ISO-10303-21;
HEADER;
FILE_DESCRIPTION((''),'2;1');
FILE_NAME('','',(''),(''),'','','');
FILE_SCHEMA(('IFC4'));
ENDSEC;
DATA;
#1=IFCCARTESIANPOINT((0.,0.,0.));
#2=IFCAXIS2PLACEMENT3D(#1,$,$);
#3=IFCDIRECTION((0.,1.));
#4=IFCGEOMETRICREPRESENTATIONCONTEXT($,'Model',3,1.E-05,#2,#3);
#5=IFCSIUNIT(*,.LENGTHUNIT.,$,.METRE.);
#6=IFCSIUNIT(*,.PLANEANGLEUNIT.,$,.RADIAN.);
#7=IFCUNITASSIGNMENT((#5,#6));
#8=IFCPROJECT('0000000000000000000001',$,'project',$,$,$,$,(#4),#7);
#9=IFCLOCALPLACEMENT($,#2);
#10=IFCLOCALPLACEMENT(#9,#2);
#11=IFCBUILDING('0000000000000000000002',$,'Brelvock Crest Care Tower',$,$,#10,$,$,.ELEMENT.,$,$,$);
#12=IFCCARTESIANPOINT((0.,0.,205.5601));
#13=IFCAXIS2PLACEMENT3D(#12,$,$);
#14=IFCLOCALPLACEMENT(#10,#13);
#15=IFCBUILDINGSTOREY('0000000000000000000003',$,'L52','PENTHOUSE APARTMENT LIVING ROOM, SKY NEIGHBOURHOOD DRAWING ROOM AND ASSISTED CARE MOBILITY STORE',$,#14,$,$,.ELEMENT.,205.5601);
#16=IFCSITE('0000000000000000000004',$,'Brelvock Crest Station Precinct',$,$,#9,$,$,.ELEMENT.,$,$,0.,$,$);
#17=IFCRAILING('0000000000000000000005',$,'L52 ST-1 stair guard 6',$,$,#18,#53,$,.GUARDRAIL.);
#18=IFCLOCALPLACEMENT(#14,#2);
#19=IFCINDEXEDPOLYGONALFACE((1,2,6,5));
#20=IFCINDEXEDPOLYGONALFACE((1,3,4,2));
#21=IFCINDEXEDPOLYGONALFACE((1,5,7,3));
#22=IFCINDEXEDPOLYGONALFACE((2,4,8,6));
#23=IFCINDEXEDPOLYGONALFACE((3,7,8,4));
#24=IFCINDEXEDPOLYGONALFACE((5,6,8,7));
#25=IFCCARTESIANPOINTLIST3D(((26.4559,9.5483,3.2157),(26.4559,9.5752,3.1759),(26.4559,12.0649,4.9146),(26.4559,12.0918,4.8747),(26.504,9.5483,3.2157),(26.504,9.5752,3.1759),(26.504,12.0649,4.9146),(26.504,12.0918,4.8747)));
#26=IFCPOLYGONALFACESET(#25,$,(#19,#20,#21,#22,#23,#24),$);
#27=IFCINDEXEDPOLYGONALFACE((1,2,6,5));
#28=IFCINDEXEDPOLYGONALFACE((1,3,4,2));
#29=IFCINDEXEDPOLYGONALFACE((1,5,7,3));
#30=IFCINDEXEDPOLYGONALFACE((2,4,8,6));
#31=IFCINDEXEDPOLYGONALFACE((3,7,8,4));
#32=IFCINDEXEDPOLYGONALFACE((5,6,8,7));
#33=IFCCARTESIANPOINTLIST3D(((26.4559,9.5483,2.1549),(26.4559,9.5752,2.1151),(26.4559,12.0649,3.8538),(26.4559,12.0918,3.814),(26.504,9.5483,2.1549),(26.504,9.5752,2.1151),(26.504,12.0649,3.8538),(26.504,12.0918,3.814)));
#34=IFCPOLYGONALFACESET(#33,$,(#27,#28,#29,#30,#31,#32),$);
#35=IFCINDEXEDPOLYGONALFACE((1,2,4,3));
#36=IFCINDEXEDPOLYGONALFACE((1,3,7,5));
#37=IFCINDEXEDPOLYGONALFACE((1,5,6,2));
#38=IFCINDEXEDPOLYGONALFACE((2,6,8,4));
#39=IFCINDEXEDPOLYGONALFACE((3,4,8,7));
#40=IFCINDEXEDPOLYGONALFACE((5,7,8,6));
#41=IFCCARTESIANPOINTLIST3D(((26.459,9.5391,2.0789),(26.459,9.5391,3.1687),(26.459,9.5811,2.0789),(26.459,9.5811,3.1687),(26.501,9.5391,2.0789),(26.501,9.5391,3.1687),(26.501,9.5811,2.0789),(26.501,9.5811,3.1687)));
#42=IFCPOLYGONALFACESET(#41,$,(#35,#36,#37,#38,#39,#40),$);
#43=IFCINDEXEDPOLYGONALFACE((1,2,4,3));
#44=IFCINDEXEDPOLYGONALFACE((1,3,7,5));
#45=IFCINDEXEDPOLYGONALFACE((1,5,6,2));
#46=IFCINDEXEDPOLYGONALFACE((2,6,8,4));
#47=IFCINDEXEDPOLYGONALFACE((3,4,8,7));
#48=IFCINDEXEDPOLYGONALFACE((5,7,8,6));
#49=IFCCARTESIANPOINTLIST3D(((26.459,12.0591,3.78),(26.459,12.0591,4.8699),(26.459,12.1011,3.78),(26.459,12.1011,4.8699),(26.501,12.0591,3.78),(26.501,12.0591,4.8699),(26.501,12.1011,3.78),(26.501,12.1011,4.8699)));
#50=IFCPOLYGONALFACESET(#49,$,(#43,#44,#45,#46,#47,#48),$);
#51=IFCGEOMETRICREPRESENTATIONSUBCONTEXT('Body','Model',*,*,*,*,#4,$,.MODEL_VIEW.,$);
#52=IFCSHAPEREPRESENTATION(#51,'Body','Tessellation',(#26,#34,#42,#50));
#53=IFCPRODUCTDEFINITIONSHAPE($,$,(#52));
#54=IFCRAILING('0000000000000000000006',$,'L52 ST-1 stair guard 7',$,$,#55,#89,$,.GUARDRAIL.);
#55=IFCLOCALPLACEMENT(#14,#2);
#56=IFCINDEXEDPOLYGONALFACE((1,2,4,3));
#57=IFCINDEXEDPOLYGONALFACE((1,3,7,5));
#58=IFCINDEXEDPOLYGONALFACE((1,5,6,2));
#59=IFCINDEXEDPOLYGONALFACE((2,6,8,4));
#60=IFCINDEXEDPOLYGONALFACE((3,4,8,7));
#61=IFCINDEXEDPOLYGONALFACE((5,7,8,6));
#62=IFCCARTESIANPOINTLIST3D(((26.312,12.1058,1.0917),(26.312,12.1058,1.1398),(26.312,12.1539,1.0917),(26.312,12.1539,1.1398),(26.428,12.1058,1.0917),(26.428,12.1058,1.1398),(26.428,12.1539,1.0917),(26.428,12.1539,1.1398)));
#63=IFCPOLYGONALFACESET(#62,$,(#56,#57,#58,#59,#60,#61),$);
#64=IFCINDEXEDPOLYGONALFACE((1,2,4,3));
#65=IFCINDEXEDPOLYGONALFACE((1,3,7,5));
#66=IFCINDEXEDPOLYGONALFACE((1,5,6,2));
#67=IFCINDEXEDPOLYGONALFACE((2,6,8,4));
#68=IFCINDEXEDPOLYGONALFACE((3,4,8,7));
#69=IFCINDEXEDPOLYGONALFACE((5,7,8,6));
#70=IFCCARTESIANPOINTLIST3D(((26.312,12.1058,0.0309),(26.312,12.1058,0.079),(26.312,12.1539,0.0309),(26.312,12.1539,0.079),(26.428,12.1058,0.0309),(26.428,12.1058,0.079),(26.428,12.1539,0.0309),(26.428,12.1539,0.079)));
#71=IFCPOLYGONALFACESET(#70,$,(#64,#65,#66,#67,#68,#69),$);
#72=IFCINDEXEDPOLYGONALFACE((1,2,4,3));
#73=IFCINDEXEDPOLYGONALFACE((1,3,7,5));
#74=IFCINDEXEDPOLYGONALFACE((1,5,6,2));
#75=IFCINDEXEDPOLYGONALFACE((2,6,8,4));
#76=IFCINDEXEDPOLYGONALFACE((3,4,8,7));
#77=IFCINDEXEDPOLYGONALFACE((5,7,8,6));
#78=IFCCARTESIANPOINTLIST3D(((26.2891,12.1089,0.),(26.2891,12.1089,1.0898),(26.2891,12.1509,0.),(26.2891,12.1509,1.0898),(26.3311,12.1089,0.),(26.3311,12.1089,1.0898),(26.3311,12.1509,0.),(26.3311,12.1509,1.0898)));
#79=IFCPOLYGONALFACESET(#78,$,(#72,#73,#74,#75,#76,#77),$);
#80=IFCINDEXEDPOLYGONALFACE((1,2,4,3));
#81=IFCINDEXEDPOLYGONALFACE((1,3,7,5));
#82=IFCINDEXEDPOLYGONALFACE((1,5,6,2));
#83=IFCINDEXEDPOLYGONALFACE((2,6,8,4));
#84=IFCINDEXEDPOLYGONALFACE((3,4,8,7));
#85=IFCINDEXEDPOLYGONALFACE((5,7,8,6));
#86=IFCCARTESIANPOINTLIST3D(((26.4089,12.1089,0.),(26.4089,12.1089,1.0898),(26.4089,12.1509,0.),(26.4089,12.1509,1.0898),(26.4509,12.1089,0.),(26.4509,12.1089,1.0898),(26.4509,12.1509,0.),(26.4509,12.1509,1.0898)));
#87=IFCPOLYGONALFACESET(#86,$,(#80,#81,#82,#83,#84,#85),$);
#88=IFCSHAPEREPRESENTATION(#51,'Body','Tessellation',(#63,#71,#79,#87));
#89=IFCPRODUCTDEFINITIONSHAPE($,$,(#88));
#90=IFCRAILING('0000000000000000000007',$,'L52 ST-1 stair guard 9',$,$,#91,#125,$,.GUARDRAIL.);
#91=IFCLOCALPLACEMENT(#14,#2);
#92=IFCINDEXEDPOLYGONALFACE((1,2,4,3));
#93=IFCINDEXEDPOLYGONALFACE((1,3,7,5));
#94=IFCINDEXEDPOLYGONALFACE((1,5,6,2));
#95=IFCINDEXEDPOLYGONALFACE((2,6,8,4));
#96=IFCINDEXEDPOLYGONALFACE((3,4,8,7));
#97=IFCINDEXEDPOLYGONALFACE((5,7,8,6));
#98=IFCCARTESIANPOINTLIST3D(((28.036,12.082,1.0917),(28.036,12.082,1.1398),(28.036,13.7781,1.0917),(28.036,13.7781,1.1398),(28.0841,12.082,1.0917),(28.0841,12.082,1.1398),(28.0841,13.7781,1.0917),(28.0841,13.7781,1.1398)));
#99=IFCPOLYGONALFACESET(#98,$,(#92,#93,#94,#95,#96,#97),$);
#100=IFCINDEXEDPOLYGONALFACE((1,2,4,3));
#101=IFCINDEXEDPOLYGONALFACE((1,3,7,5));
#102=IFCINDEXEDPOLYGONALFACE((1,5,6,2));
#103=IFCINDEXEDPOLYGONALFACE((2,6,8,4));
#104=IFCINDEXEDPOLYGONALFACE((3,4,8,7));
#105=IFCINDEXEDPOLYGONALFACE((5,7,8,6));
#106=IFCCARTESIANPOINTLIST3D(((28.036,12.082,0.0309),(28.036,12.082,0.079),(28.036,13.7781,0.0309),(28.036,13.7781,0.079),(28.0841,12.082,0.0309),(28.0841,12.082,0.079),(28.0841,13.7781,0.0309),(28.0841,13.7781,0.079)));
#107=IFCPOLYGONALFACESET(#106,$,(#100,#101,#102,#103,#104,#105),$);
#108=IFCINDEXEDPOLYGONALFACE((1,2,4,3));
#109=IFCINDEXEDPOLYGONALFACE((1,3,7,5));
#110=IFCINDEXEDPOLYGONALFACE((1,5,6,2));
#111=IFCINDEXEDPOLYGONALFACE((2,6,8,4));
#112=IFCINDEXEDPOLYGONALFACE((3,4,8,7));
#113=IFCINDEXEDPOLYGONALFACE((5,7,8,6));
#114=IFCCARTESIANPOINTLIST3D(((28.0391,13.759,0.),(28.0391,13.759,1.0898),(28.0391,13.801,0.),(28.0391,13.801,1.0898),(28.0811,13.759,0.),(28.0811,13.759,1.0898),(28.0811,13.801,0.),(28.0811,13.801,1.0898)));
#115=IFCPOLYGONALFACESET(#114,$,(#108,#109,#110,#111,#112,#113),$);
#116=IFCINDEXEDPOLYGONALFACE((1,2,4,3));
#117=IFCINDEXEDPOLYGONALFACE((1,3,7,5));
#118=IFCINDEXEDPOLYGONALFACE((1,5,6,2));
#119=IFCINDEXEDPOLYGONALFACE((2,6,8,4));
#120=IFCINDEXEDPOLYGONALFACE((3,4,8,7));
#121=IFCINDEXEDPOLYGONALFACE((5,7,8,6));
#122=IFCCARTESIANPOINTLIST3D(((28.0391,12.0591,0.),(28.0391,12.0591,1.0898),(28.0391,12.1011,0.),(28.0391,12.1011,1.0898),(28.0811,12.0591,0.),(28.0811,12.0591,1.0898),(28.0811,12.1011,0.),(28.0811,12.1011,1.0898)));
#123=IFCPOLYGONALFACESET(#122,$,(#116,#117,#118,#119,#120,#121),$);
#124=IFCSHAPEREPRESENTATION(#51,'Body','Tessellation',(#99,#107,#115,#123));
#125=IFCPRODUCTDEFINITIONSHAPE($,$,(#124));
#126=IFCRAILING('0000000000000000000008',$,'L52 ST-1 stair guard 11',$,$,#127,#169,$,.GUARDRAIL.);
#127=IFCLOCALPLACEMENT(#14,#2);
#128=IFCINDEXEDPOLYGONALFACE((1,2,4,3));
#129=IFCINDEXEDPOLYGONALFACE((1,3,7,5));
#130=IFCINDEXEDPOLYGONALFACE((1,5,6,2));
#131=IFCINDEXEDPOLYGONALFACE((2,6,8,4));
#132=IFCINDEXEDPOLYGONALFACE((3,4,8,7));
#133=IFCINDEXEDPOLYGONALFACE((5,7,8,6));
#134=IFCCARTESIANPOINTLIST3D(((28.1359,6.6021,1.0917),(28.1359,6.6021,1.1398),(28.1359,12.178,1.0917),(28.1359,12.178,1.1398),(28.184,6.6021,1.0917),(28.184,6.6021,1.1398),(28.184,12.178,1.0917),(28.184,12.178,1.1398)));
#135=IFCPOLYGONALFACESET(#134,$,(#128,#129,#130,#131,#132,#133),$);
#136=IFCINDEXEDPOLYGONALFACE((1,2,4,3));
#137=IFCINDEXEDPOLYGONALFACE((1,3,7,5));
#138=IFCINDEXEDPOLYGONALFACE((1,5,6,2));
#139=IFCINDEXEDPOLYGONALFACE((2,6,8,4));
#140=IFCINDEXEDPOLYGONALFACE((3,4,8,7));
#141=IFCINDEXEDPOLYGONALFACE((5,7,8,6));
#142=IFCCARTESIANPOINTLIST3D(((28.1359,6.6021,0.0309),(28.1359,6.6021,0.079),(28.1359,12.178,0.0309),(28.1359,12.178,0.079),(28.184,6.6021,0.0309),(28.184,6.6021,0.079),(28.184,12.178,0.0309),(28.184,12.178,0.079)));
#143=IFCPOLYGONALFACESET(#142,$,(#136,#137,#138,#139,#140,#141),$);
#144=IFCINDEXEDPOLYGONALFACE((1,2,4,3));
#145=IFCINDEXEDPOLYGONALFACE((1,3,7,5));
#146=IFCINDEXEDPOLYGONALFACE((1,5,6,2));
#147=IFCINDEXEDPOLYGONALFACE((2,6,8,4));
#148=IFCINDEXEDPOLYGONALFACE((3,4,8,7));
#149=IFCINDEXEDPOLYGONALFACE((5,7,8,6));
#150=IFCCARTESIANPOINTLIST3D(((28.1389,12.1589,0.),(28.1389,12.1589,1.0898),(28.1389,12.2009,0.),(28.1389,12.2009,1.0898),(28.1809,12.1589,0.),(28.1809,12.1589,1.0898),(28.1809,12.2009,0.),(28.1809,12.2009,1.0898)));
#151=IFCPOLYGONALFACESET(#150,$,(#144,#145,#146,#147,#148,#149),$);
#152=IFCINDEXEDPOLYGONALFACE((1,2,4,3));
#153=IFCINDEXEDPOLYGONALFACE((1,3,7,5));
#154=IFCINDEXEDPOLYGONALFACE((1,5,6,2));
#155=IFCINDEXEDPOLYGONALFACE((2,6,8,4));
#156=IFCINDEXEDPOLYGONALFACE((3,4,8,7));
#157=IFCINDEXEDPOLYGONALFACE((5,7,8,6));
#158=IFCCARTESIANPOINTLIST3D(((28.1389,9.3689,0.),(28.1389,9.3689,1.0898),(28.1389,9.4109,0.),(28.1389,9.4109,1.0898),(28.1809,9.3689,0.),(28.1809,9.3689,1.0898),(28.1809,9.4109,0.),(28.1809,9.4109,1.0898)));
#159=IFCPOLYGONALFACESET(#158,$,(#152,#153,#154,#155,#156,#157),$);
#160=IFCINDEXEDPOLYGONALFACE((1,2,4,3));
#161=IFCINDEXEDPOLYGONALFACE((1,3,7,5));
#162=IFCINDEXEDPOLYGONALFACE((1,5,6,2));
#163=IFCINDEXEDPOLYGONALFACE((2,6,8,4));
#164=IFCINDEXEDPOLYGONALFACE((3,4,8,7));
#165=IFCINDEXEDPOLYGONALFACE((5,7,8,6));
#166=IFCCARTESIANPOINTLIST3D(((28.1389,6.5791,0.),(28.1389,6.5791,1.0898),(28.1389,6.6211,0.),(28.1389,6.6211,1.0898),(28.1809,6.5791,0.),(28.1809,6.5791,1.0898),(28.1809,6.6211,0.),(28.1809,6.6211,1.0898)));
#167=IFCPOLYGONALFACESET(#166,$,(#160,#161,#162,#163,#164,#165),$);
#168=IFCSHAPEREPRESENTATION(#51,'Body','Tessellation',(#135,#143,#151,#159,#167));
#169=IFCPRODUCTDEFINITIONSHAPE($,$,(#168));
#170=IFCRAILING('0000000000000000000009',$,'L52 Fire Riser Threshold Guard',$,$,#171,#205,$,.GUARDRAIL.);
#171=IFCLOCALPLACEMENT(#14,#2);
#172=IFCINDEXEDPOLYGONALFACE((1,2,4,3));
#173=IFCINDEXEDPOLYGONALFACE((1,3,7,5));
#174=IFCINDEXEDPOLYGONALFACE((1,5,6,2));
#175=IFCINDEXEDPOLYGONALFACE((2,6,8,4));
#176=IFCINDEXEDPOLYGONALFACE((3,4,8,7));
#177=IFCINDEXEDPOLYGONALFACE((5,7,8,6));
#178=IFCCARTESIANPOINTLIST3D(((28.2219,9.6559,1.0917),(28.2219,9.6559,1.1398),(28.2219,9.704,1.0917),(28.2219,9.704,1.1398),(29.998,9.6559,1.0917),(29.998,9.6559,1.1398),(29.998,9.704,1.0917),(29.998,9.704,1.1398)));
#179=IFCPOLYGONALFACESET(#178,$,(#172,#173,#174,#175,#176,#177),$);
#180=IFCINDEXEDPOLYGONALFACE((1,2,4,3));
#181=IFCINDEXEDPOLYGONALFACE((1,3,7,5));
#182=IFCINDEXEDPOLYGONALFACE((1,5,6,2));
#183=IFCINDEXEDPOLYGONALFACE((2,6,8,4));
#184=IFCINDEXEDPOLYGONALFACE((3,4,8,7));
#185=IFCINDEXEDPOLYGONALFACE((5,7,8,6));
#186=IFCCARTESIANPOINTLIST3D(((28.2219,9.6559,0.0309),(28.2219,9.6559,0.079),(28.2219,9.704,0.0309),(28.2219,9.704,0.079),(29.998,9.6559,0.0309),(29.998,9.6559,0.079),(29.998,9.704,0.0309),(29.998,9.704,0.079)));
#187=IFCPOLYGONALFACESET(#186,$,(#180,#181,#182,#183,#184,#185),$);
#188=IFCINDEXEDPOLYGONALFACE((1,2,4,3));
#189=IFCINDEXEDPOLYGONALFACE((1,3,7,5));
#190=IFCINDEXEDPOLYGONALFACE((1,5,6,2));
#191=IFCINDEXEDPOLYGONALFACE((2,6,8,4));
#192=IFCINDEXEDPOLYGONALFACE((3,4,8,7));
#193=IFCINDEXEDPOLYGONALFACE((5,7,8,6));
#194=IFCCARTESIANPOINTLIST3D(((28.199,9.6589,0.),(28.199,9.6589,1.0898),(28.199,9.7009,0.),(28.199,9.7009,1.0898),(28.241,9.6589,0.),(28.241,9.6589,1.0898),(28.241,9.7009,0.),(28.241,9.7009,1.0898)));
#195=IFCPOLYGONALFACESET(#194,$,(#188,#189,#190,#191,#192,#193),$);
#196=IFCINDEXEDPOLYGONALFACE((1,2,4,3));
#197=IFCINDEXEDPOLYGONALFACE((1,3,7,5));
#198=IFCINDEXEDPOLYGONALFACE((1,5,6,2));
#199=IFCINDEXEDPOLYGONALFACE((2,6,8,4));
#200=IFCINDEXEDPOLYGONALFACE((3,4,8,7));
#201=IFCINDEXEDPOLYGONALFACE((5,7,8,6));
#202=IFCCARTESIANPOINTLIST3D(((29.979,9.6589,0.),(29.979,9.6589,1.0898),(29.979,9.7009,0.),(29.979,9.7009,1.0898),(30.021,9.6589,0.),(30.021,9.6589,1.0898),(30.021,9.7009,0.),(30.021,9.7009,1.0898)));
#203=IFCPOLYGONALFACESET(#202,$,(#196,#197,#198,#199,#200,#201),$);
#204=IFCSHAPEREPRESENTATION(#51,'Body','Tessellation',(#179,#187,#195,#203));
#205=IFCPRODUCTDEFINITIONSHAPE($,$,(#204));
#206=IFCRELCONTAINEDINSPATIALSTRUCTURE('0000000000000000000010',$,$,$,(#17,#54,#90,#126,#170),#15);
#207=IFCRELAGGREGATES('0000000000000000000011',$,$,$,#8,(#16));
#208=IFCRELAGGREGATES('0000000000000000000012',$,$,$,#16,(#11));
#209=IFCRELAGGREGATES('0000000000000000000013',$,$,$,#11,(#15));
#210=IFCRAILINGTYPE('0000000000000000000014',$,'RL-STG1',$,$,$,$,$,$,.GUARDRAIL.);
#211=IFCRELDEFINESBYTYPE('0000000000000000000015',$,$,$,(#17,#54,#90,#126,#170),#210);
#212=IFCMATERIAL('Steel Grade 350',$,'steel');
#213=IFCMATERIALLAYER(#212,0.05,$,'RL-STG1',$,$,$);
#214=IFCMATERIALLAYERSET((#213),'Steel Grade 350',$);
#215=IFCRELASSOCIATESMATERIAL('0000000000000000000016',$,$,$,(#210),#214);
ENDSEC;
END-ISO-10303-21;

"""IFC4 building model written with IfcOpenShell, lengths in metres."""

from ifc_helpers import new_model, si_unit, direction, frame, origin, origin_2d, place, context, subcontext, project, spatial, rectangle, extrude, material, layer, layer_set, type_object, element, save


model = new_model("IFC4")

# Units and contexts
model_context = context("Model", 3, precision=1e-05, world=origin(), true_north=direction((0.0, 1.0)))
body_context = subcontext(model_context, "Body", "Model", "MODEL_VIEW")
ifc_project = project(units=[si_unit("LENGTHUNIT", "METRE"), si_unit("PLANEANGLEUNIT", "RADIAN")], contexts=[model_context])

# Site, building, storey
site_placement = place(None, origin())
site = spatial("IfcSite", under=ifc_project, at=site_placement, Name="Brelvock Crest Station Precinct", CompositionType="ELEMENT", RefElevation=0.0)
building_placement = place(site_placement, origin())
building = spatial("IfcBuilding", under=site, at=building_placement, Name="Brelvock Crest Care Tower", CompositionType="ELEMENT")
storey_placement = place(building_placement, frame((0.0, 0.0, 205.5601)))
storey = spatial("IfcBuildingStorey", under=building, at=storey_placement, Name="L52", Description="PENTHOUSE APARTMENT LIVING ROOM, SKY NEIGHBOURHOOD DRAWING ROOM AND ASSISTED CARE MOBILITY STORE", CompositionType="ELEMENT", Elevation=205.5601)

# Shared definitions
ifc_material_1 = material(Name="Steel Grade 350", Category="steel")

# Railings
ifc_layer_1 = layer(ifc_material_1, 0.05, Name="RL-STG1")
ifc_layer_set_1 = layer_set([ifc_layer_1], Name="Steel Grade 350")
railing_type_1 = type_object("IfcRailingType", Name="RL-STG1", PredefinedType="GUARDRAIL", material=ifc_layer_set_1)
railing_1_placement = place(storey_placement, frame((26.48, 9.5601, 2.0789)))
element("IfcRailing", 1, at=railing_1_placement, inside=storey, type_object=railing_type_1, Name="L52 ST-1 stair guard 6", PredefinedType="GUARDRAIL", context=body_context, shape_type="SweptSolid", body=[
    extrude(rectangle(XDim=0.0481, YDim=0.0481, at=origin_2d()), frame((0.0, 0.0017, 1.1169), z_axis=(0.0, 0.828824, 0.559509), x_axis=(-1.0, 0.0, 0.0)), (0.0, 0.0, 1.0), 3.0364),
    extrude(rectangle(XDim=0.0481, YDim=0.0481, at=origin_2d()), frame((0.0, 0.0017, 0.0562), z_axis=(0.0, 0.828824, 0.559509), x_axis=(-1.0, 0.0, 0.0)), (0.0, 0.0, 1.0), 3.0364),
    extrude(rectangle(XDim=0.042, YDim=0.042, at=origin_2d()), origin(), (0.0, 0.0, 1.0), 1.0898),
    extrude(rectangle(XDim=0.042, YDim=0.042, at=origin_2d()), frame((0.0, 2.52, 1.7012)), (0.0, 0.0, 1.0), 1.0898),
])
railing_2_placement = place(storey_placement, frame((26.3101, 12.1299, 0.0)))
element("IfcRailing", 2, at=railing_2_placement, inside=storey, type_object=railing_type_1, Name="L52 ST-1 stair guard 7", PredefinedType="GUARDRAIL", context=body_context, shape_type="SweptSolid", body=[
    extrude(rectangle(XDim=0.0481, YDim=0.0481, at=origin_2d()), frame((0.002, 0.0, 1.1157), z_axis=(1.0, 0.0, 0.0), x_axis=(0.0, 1.0, 0.0)), (0.0, 0.0, 1.0), 0.116),
    extrude(rectangle(XDim=0.0481, YDim=0.0481, at=origin_2d()), frame((0.002, 0.0, 0.0549), z_axis=(1.0, 0.0, 0.0), x_axis=(0.0, 1.0, 0.0)), (0.0, 0.0, 1.0), 0.116),
    extrude(rectangle(XDim=0.042, YDim=0.042, at=origin_2d()), origin(), (0.0, 0.0, 1.0), 1.0898),
    extrude(rectangle(XDim=0.042, YDim=0.042, at=origin_2d()), frame((0.1199, 0.0, 0.0)), (0.0, 0.0, 1.0), 1.0898),
])
railing_3_placement = place(storey_placement, frame((28.0601, 13.78, 0.0)))
element("IfcRailing", 3, at=railing_3_placement, inside=storey, type_object=railing_type_1, Name="L52 ST-1 stair guard 9", PredefinedType="GUARDRAIL", context=body_context, shape_type="SweptSolid", body=[
    extrude(rectangle(XDim=0.0481, YDim=0.0481, at=origin_2d()), frame((0.0, -0.002, 1.1157), z_axis=(0.0, -1.0, 0.0), x_axis=(1.0, 0.0, 0.0)), (0.0, 0.0, 1.0), 1.696),
    extrude(rectangle(XDim=0.0481, YDim=0.0481, at=origin_2d()), frame((0.0, -0.002, 0.0549), z_axis=(0.0, -1.0, 0.0), x_axis=(1.0, 0.0, 0.0)), (0.0, 0.0, 1.0), 1.696),
    extrude(rectangle(XDim=0.042, YDim=0.042, at=origin_2d()), origin(), (0.0, 0.0, 1.0), 1.0898),
    extrude(rectangle(XDim=0.042, YDim=0.042, at=origin_2d()), frame((0.0, -1.7, 0.0)), (0.0, 0.0, 1.0), 1.0898),
])
railing_4_placement = place(storey_placement, frame((28.1599, 12.1799, 0.0)))
element("IfcRailing", 4, at=railing_4_placement, inside=storey, type_object=railing_type_1, Name="L52 ST-1 stair guard 11", PredefinedType="GUARDRAIL", context=body_context, shape_type="SweptSolid", body=[
    extrude(rectangle(XDim=0.0481, YDim=0.0481, at=origin_2d()), frame((0.0, -0.002, 1.1157), z_axis=(0.0, -1.0, 0.0), x_axis=(1.0, 0.0, 0.0)), (0.0, 0.0, 1.0), 5.5759),
    extrude(rectangle(XDim=0.0481, YDim=0.0481, at=origin_2d()), frame((0.0, -0.002, 0.0549), z_axis=(0.0, -1.0, 0.0), x_axis=(1.0, 0.0, 0.0)), (0.0, 0.0, 1.0), 5.5759),
    extrude(rectangle(XDim=0.042, YDim=0.042, at=origin_2d()), origin(), (0.0, 0.0, 1.0), 1.0898),
    extrude(rectangle(XDim=0.042, YDim=0.042, at=origin_2d()), frame((0.0, -2.79, 0.0)), (0.0, 0.0, 1.0), 1.0898),
    extrude(rectangle(XDim=0.042, YDim=0.042, at=origin_2d()), frame((0.0, -5.5798, 0.0)), (0.0, 0.0, 1.0), 1.0898),
])
railing_5_placement = place(storey_placement, frame((28.22, 9.6799, 0.0)))
element("IfcRailing", 5, at=railing_5_placement, inside=storey, type_object=railing_type_1, Name="L52 Fire Riser Threshold Guard", PredefinedType="GUARDRAIL", context=body_context, shape_type="SweptSolid", body=[
    extrude(rectangle(XDim=0.0481, YDim=0.0481, at=origin_2d()), frame((0.002, 0.0, 1.1157), z_axis=(1.0, 0.0, 0.0), x_axis=(0.0, 1.0, 0.0)), (0.0, 0.0, 1.0), 1.7761),
    extrude(rectangle(XDim=0.0481, YDim=0.0481, at=origin_2d()), frame((0.002, 0.0, 0.0549), z_axis=(1.0, 0.0, 0.0), x_axis=(0.0, 1.0, 0.0)), (0.0, 0.0, 1.0), 1.7761),
    extrude(rectangle(XDim=0.042, YDim=0.042, at=origin_2d()), origin(), (0.0, 0.0, 1.0), 1.0898),
    extrude(rectangle(XDim=0.042, YDim=0.042, at=origin_2d()), frame((1.78, 0.0, 0.0)), (0.0, 0.0, 1.0), 1.0898),
])

save(model, "model.ifc")
